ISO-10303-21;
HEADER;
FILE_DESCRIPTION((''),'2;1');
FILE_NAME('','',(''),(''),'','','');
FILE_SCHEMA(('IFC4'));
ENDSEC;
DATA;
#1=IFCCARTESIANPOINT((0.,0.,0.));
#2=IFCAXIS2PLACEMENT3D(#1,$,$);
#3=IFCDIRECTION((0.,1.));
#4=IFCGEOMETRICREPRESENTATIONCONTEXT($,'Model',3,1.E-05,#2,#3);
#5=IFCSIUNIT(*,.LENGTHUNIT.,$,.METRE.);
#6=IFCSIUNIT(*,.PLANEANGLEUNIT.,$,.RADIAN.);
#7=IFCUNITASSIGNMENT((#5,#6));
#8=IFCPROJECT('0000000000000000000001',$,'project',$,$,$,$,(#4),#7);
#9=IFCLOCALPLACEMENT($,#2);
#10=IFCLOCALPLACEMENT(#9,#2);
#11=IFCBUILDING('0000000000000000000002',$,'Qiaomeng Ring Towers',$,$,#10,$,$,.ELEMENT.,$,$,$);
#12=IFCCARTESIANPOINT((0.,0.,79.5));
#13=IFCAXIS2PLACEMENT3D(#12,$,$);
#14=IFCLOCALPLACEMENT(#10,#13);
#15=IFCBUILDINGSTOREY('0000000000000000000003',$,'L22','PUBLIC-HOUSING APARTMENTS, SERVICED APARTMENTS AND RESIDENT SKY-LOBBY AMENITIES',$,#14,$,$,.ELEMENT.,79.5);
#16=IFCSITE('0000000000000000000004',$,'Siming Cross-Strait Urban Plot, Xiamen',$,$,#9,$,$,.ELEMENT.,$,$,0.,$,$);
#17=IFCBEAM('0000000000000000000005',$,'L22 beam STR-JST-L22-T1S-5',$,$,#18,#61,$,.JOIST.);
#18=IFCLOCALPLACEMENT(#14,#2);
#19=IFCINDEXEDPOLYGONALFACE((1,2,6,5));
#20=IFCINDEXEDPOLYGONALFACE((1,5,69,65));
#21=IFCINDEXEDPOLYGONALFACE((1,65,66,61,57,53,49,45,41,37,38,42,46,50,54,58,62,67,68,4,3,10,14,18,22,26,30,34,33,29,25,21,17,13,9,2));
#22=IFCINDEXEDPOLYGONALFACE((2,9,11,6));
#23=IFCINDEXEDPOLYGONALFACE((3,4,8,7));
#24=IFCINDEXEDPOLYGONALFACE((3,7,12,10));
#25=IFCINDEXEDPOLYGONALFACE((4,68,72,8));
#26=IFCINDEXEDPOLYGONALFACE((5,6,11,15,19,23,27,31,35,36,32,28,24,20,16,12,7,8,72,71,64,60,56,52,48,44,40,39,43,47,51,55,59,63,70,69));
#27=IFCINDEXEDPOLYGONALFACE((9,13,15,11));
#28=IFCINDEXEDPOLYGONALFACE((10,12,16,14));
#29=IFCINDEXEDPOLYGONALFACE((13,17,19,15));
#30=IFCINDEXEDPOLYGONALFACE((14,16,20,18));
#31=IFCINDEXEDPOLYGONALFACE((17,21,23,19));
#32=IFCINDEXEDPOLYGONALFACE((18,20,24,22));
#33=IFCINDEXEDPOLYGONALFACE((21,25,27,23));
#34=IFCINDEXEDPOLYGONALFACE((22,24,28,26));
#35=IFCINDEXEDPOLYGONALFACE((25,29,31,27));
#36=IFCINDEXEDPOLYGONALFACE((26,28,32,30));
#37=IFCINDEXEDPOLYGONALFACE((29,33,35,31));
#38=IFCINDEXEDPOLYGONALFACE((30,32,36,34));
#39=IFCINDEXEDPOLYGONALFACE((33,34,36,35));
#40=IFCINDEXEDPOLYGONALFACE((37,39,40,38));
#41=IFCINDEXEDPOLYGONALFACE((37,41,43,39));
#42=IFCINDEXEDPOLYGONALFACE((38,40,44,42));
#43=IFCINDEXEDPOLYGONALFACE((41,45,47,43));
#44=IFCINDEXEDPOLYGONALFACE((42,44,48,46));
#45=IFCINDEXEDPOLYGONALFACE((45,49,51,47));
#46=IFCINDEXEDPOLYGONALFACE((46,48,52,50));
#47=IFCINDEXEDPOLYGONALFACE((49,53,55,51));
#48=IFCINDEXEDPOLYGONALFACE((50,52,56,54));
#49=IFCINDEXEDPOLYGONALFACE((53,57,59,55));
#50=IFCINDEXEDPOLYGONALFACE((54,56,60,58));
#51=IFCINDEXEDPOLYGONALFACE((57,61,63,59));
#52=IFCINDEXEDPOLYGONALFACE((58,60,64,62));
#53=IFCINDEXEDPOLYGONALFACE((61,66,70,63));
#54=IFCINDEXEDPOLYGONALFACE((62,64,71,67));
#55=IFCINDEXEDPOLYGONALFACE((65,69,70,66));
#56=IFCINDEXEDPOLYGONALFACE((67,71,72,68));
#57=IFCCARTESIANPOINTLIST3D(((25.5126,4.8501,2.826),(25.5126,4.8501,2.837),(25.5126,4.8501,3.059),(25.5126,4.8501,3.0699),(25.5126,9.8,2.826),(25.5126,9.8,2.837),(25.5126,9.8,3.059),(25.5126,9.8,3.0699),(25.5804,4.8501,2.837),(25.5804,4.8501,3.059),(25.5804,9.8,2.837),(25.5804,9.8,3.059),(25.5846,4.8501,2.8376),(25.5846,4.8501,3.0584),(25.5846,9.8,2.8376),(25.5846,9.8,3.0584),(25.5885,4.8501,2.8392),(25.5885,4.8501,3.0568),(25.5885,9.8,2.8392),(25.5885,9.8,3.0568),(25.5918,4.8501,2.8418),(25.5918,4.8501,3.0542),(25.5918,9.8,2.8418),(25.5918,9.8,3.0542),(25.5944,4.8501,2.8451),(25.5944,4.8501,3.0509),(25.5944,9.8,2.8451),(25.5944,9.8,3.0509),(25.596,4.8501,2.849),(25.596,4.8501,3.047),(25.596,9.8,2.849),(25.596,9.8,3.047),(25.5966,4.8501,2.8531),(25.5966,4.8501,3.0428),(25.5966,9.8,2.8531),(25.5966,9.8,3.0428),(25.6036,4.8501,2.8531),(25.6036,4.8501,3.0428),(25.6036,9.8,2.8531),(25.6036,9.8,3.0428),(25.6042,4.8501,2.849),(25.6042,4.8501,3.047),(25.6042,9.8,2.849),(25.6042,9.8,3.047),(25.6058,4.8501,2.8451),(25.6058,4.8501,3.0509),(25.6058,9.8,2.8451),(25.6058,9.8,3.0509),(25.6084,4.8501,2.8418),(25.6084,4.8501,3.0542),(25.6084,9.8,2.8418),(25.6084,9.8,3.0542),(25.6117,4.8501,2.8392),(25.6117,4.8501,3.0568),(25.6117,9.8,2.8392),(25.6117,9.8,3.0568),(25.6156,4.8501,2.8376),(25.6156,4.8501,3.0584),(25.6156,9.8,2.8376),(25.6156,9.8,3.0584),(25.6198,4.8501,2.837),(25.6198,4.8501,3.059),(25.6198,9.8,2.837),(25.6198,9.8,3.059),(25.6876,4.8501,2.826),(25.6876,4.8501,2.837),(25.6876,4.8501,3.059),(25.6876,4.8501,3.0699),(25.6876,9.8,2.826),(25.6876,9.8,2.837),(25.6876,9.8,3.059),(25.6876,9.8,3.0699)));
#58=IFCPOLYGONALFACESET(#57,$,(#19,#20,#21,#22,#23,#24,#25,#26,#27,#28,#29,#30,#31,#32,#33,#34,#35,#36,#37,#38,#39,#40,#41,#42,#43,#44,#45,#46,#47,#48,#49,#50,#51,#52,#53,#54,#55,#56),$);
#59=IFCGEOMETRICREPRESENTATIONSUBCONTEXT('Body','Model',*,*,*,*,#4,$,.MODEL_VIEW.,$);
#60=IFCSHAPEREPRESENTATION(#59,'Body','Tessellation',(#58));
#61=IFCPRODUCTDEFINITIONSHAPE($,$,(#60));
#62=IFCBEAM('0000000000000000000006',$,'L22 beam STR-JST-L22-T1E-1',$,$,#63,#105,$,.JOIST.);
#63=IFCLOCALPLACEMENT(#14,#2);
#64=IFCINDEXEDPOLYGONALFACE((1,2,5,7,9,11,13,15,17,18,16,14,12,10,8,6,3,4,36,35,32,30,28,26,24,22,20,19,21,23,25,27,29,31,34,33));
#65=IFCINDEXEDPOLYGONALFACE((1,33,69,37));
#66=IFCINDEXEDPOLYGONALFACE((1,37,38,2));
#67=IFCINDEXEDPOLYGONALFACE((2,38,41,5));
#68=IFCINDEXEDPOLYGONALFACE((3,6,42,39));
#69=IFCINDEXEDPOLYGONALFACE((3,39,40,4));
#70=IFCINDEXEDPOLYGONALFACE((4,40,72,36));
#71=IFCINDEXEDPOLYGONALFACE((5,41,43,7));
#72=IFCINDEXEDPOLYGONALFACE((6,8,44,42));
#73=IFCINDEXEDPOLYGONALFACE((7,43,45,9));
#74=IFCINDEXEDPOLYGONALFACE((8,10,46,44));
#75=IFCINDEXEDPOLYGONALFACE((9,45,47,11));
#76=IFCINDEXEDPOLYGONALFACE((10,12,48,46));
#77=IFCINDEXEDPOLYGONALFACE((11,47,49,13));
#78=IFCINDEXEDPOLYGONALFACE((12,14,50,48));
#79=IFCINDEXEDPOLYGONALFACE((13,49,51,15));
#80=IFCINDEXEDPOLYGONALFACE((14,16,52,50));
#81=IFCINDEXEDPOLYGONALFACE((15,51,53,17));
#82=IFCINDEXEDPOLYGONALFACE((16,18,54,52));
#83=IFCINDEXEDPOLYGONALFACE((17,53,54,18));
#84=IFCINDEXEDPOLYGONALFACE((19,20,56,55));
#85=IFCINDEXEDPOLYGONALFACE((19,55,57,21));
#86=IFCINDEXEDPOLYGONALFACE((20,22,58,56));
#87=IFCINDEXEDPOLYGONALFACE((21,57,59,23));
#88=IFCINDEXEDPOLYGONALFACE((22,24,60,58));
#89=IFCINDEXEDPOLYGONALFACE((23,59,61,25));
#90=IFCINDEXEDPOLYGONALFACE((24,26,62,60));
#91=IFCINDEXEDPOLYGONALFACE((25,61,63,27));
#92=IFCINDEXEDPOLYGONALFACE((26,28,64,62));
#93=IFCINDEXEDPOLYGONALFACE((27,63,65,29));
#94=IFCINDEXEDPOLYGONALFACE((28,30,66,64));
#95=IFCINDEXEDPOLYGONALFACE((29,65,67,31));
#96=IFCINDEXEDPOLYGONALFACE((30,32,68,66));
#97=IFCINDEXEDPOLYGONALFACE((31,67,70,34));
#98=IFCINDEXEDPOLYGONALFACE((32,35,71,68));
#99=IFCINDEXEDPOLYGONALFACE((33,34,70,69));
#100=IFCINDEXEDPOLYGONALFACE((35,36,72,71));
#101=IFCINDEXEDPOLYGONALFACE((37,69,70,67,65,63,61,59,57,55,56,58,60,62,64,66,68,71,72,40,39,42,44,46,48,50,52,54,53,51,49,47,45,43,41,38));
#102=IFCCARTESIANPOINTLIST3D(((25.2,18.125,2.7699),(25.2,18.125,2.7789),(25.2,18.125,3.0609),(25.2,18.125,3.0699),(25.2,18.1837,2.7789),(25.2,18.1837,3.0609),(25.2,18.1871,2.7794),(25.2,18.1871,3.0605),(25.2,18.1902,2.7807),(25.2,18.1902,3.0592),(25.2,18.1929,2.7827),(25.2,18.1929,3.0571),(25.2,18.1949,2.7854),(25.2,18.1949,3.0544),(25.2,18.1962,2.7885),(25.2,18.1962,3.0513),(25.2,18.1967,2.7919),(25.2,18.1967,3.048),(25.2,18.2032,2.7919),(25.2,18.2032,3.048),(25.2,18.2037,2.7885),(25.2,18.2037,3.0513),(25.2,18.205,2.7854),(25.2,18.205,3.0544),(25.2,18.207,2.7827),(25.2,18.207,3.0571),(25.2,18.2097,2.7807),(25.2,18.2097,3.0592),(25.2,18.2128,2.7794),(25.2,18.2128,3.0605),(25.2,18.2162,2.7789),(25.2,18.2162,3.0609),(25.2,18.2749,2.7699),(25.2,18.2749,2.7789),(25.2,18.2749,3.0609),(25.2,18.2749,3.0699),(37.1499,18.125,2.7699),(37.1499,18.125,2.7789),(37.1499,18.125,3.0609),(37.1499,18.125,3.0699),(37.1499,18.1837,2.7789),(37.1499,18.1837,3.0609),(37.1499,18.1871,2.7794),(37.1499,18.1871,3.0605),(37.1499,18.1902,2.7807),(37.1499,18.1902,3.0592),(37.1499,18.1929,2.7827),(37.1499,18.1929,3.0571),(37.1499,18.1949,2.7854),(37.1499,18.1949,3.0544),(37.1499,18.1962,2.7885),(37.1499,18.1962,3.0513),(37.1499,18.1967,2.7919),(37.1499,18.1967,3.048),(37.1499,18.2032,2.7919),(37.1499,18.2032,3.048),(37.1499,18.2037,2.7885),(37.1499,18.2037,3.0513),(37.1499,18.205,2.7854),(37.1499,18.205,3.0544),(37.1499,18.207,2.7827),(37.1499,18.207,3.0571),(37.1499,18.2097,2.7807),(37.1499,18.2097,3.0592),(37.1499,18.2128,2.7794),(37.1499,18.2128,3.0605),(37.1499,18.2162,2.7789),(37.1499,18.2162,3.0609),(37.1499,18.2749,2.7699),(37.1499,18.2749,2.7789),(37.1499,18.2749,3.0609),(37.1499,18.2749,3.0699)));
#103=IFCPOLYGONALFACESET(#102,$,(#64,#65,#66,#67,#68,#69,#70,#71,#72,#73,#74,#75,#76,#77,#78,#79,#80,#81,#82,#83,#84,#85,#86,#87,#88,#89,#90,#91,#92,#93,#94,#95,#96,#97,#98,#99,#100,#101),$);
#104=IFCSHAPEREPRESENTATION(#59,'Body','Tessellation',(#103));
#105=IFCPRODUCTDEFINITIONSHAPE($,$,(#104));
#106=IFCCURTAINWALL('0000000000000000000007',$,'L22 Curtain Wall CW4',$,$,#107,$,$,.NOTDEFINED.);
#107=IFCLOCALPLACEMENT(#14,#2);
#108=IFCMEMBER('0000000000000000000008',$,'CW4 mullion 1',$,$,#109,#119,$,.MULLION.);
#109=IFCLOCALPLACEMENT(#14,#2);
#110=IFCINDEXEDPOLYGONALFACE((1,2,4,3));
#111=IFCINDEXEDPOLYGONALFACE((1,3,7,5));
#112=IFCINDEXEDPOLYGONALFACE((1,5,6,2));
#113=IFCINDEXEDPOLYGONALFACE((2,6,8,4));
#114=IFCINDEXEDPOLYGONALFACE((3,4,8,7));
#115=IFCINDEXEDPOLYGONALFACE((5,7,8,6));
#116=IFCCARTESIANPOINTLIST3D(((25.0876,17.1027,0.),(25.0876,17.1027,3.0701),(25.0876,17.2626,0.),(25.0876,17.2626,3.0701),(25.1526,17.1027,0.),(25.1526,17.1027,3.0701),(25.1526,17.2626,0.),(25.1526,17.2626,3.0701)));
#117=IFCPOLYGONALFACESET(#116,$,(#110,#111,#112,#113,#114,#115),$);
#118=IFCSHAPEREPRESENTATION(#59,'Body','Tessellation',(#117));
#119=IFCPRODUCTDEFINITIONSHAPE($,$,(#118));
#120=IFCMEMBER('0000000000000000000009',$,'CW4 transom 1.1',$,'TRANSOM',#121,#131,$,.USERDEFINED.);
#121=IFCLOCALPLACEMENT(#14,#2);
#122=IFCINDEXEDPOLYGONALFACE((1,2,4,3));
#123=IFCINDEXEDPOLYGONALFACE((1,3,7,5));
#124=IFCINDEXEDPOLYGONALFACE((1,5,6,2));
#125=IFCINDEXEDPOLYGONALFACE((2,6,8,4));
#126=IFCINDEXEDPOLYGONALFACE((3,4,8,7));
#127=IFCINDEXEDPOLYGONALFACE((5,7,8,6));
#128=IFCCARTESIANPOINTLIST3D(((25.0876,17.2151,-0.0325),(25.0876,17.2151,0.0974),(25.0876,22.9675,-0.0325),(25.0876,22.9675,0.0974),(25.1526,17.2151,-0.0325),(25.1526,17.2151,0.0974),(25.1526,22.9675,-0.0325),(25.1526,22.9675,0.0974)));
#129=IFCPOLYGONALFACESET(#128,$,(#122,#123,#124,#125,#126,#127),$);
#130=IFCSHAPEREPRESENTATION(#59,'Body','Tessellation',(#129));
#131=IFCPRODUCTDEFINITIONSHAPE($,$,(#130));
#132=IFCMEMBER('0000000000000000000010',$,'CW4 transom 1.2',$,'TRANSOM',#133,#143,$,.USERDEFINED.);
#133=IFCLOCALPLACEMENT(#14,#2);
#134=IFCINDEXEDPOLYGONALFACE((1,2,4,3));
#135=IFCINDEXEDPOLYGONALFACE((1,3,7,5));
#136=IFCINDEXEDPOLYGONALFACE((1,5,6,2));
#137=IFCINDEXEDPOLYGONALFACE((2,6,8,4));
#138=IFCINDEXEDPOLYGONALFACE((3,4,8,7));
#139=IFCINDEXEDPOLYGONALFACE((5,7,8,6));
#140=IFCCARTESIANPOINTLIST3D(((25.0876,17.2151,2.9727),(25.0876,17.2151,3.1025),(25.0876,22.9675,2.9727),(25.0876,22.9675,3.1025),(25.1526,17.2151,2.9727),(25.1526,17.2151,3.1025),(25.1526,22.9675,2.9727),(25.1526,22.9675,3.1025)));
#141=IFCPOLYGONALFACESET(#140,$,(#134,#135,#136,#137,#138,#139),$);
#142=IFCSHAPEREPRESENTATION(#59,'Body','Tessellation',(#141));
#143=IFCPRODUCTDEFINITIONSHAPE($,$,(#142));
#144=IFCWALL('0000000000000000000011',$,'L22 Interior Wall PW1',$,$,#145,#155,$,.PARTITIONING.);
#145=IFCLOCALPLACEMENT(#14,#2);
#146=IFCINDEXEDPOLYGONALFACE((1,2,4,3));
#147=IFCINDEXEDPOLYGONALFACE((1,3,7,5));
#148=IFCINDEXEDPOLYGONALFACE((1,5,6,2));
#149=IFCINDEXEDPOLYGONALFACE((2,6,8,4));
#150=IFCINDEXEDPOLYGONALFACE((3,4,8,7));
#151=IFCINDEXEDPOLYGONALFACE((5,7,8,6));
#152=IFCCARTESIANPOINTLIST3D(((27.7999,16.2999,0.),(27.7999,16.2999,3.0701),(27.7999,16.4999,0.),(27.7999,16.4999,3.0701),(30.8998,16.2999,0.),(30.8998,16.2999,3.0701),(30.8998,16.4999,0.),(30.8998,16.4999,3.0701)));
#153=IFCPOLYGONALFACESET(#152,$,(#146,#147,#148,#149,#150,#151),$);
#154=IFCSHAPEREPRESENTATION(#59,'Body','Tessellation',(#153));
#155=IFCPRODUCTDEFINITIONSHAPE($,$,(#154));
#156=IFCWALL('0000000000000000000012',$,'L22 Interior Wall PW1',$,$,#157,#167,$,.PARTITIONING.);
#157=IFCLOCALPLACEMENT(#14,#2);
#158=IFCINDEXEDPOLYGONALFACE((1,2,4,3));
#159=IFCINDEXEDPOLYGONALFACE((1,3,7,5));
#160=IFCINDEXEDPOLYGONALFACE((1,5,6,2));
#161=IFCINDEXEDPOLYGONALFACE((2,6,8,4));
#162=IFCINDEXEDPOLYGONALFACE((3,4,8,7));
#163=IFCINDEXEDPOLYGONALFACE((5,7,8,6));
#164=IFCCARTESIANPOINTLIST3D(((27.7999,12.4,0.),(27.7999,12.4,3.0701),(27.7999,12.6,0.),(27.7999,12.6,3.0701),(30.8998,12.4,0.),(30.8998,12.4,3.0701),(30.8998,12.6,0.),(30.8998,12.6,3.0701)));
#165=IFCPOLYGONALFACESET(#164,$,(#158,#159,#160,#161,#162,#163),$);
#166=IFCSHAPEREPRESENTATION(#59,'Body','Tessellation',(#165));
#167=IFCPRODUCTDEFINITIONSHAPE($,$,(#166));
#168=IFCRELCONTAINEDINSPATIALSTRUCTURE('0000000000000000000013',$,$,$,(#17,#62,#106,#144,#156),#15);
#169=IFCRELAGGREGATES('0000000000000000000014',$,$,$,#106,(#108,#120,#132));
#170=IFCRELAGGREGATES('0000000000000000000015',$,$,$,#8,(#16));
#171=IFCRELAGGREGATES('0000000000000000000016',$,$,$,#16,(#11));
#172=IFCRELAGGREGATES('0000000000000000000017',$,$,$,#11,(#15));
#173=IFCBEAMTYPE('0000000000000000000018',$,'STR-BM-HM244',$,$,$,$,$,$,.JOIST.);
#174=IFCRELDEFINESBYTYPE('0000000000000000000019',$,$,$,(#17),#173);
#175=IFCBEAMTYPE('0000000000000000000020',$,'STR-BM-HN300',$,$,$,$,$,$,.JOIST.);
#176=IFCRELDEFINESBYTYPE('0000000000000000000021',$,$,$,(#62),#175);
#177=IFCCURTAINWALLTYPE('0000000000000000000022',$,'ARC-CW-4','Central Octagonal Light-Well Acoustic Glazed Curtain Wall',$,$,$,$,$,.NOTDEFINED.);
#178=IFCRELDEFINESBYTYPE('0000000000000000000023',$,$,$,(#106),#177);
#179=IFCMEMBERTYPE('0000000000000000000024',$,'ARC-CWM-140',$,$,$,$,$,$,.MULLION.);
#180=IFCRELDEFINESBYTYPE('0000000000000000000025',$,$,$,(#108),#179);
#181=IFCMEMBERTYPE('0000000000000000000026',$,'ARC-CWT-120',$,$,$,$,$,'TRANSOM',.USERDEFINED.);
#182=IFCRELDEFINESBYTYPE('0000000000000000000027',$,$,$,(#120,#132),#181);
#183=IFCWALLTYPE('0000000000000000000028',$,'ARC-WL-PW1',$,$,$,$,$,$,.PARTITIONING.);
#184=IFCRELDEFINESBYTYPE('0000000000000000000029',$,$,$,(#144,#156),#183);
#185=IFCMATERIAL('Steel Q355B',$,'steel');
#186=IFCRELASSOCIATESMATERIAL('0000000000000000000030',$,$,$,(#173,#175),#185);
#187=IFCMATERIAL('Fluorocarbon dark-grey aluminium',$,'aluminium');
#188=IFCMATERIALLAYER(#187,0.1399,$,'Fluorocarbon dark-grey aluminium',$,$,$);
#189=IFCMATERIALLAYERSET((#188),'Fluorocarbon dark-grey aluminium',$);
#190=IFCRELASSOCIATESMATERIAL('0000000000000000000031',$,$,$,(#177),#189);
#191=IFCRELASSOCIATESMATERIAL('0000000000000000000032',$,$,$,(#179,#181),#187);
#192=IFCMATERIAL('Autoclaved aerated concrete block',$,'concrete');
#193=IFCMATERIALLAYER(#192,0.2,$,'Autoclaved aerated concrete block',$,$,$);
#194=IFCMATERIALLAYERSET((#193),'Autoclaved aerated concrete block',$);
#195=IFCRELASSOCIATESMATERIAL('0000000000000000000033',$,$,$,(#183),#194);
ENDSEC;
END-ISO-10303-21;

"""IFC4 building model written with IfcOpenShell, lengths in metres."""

from ifc_helpers import new_model, si_unit, direction, frame, frame_2d, origin, origin_2d, place, context, subcontext, project, spatial, rectangle, i_section, extrude, source, transform, mapped, material, layer, layer_set, material_profile, profile_set, type_object, element, aggregate, save


model = new_model("IFC4")

# Units and contexts
model_context = context("Model", 3, precision=1e-05, world=origin(), true_north=direction((0.0, 1.0)))
body_context = subcontext(model_context, "Body", "Model", "MODEL_VIEW")
ifc_project = project(units=[si_unit("LENGTHUNIT", "METRE"), si_unit("PLANEANGLEUNIT", "RADIAN")], contexts=[model_context])

# Site, building, storey
site_placement = place(None, origin())
site = spatial("IfcSite", under=ifc_project, at=site_placement, Name="Siming Cross-Strait Urban Plot, Xiamen", CompositionType="ELEMENT", RefElevation=0.0)
building_placement = place(site_placement, origin())
building = spatial("IfcBuilding", under=site, at=building_placement, Name="Qiaomeng Ring Towers", CompositionType="ELEMENT")
storey_placement = place(building_placement, frame((0.0, 0.0, 79.5)))
storey = spatial("IfcBuildingStorey", under=building, at=storey_placement, Name="L22", Description="PUBLIC-HOUSING APARTMENTS, SERVICED APARTMENTS AND RESIDENT SKY-LOBBY AMENITIES", CompositionType="ELEMENT", Elevation=79.5)

# Beams
ifc_material_1 = material(Name="Steel Q355B", Category="steel")
ifc_material_profile_1 = material_profile(ifc_material_1, i_section(OverallWidth=0.175, OverallDepth=0.2439, WebThickness=0.0071, FlangeThickness=0.011, FilletRadius=0.0161, at=origin_2d()), Name="HM 244x175x7x11")
ifc_profile_set_1 = profile_set([ifc_material_profile_1], Name="Steel Q355B")
beam_type_1 = type_object("IfcBeamType", Name="STR-BM-HM244", PredefinedType="JOIST", material=ifc_profile_set_1)
shared_shape_1 = source(origin(), body_context, "Body", "SweptSolid", [
    extrude(i_section(OverallWidth=0.175, OverallDepth=0.2439, WebThickness=0.0071, FlangeThickness=0.011, FilletRadius=0.0161, at=origin_2d()), origin(), (0.0, 0.0, 1.0), 4.95),
])
for number, where, z_axis, x_axis, name in (
    (1, (25.6001, 4.8501, 2.948), (0.0, 1.0, 0.0), (-1.0, 0.0, 0.0), "L22 beam STR-JST-L22-T1S-5"),
):
    element("IfcBeam", number, at=place(storey_placement, frame(where, z_axis=z_axis, x_axis=x_axis)), inside=storey, type_object=beam_type_1, Name=name, PredefinedType="JOIST", context=body_context, shape_type="MappedRepresentation", body=[
        mapped(shared_shape_1, transform((0.0, 0.0, 0.0), x_axis=(1.0, 0.0, 0.0), y_axis=(0.0, 1.0, 0.0), z_axis=(0.0, 0.0, 1.0), scale=1.0)),
    ])
ifc_material_profile_2 = material_profile(ifc_material_1, i_section(OverallWidth=0.1499, OverallDepth=0.3, WebThickness=0.0066, FlangeThickness=0.009, FilletRadius=0.0129, at=origin_2d()), Name="HN 300x150x6.5x9")
ifc_profile_set_2 = profile_set([ifc_material_profile_2], Name="Steel Q355B")
beam_type_2 = type_object("IfcBeamType", Name="STR-BM-HN300", PredefinedType="JOIST", material=ifc_profile_set_2)
shared_shape_2 = source(origin(), body_context, "Body", "SweptSolid", [
    extrude(i_section(OverallWidth=0.1499, OverallDepth=0.3, WebThickness=0.0066, FlangeThickness=0.009, FilletRadius=0.0129, at=origin_2d()), origin(), (0.0, 0.0, 1.0), 11.95),
])
beam_1_placement = place(storey_placement, frame((25.2, 18.2, 2.9199), z_axis=(1.0, 0.0, 0.0), x_axis=(0.0, 1.0, 0.0)))
element("IfcBeam", 2, at=beam_1_placement, inside=storey, type_object=beam_type_2, Name="L22 beam STR-JST-L22-T1E-1", PredefinedType="JOIST", context=body_context, shape_type="MappedRepresentation", body=[
    mapped(shared_shape_2, transform((0.0, 0.0, 0.0), x_axis=(1.0, 0.0, 0.0), y_axis=(0.0, 1.0, 0.0), z_axis=(0.0, 0.0, 1.0), scale=1.0)),
])

# Curtain wall, members
ifc_material_2 = material(Name="Fluorocarbon dark-grey aluminium", Category="aluminium")
ifc_layer_1 = layer(ifc_material_2, 0.1399, Name="Fluorocarbon dark-grey aluminium")
ifc_layer_set_1 = layer_set([ifc_layer_1], Name="Fluorocarbon dark-grey aluminium")
curtain_wall_type = type_object("IfcCurtainWallType", Name="ARC-CW-4", Description="Central Octagonal Light-Well Acoustic Glazed Curtain Wall", PredefinedType="NOTDEFINED", material=ifc_layer_set_1)
curtain_wall_placement = place(storey_placement, origin())
curtain_wall = element("IfcCurtainWall", 3, at=curtain_wall_placement, inside=storey, type_object=curtain_wall_type, Name="L22 Curtain Wall CW4", PredefinedType="NOTDEFINED")
ifc_material_profile_3 = material_profile(ifc_material_2, rectangle(XDim=0.0649, YDim=0.1599, at=origin_2d()), Name="ALU MULL 65x160")
ifc_profile_set_3 = profile_set([ifc_material_profile_3], Name="Fluorocarbon dark-grey aluminium")
member_type_1 = type_object("IfcMemberType", Name="ARC-CWM-140", PredefinedType="MULLION", material=ifc_profile_set_3)
shared_shape_3 = source(origin(), body_context, "Body", "SweptSolid", [
    extrude(rectangle(XDim=0.0649, YDim=0.1599, at=origin_2d()), origin(), (0.0, 0.0, 1.0), 3.0701),
])
member_1_placement = place(storey_placement, frame((25.1201, 17.1826, 0.0), z_axis=(0.0, 0.0, 1.0), x_axis=(-1.0, 0.0, 0.0)))
member_1 = element("IfcMember", 4, at=member_1_placement, type_object=member_type_1, Name="CW4 mullion 1", PredefinedType="MULLION", context=body_context, shape_type="MappedRepresentation", body=[
    mapped(shared_shape_3, transform((0.0, 0.0, 0.0), x_axis=(1.0, 0.0, 0.0), y_axis=(0.0, 1.0, 0.0), z_axis=(0.0, 0.0, 1.0), scale=1.0)),
])
ifc_material_profile_4 = material_profile(ifc_material_2, rectangle(XDim=0.0649, YDim=0.1299, at=origin_2d()), Name="ALU TRAN 65x130")
ifc_profile_set_4 = profile_set([ifc_material_profile_4], Name="Fluorocarbon dark-grey aluminium")
member_type_2 = type_object("IfcMemberType", Name="ARC-CWT-120", ElementType="TRANSOM", PredefinedType="USERDEFINED", material=ifc_profile_set_4)
shared_shape_4 = source(origin(), body_context, "Body", "SweptSolid", [
    extrude(rectangle(XDim=0.0649, YDim=0.1299, at=origin_2d()), origin(), (0.0, 0.0, 1.0), 5.7524),
])
member_2_placement = place(storey_placement, frame((25.1201, 17.2151, 0.0325), z_axis=(0.0, 1.0, 0.0), x_axis=(-1.0, 0.0, 0.0)))
member_2 = element("IfcMember", 5, at=member_2_placement, type_object=member_type_2, Name="CW4 transom 1.1", ObjectType="TRANSOM", PredefinedType="USERDEFINED", context=body_context, shape_type="MappedRepresentation", body=[
    mapped(shared_shape_4, transform((0.0, 0.0, 0.0), x_axis=(1.0, 0.0, 0.0), y_axis=(0.0, 1.0, 0.0), z_axis=(0.0, 0.0, 1.0), scale=1.0)),
])
member_3_placement = place(storey_placement, frame((25.1201, 17.2151, 3.0376), z_axis=(0.0, 1.0, 0.0), x_axis=(-1.0, 0.0, 0.0)))
member_3 = element("IfcMember", 6, at=member_3_placement, type_object=member_type_2, Name="CW4 transom 1.2", ObjectType="TRANSOM", PredefinedType="USERDEFINED", context=body_context, shape_type="MappedRepresentation", body=[
    mapped(shared_shape_4, transform((0.0, 0.0, 0.0), x_axis=(1.0, 0.0, 0.0), y_axis=(0.0, 1.0, 0.0), z_axis=(0.0, 0.0, 1.0), scale=1.0)),
])
aggregate(curtain_wall, [member_1, member_2, member_3])

# Walls
ifc_material_3 = material(Name="Autoclaved aerated concrete block", Category="concrete")
ifc_layer_2 = layer(ifc_material_3, 0.2, Name="Autoclaved aerated concrete block")
ifc_layer_set_2 = layer_set([ifc_layer_2], Name="Autoclaved aerated concrete block")
wall_type_1 = type_object("IfcWallType", Name="ARC-WL-PW1", PredefinedType="PARTITIONING", material=ifc_layer_set_2)
for number, where, z_axis, x_axis, name in (
    (7, (27.8, 16.3999, 0.0), (0.0, 0.0, 1.0), (1.0, 0.0, 0.0), "L22 Interior Wall PW1"),
    (8, (27.8, 12.5, 0.0), (0.0, 0.0, 1.0), (1.0, 0.0, 0.0), "L22 Interior Wall PW1"),
):
    element("IfcWall", number, at=place(storey_placement, frame(where, z_axis=z_axis, x_axis=x_axis)), inside=storey, type_object=wall_type_1, Name=name, PredefinedType="PARTITIONING", context=body_context, shape_type="SweptSolid", body=[
        extrude(rectangle(XDim=3.0999, YDim=0.2, at=frame_2d((1.5498, 0.0))), origin(), (0.0, 0.0, 1.0), 3.0701),
    ])

save(model, "model.ifc")
